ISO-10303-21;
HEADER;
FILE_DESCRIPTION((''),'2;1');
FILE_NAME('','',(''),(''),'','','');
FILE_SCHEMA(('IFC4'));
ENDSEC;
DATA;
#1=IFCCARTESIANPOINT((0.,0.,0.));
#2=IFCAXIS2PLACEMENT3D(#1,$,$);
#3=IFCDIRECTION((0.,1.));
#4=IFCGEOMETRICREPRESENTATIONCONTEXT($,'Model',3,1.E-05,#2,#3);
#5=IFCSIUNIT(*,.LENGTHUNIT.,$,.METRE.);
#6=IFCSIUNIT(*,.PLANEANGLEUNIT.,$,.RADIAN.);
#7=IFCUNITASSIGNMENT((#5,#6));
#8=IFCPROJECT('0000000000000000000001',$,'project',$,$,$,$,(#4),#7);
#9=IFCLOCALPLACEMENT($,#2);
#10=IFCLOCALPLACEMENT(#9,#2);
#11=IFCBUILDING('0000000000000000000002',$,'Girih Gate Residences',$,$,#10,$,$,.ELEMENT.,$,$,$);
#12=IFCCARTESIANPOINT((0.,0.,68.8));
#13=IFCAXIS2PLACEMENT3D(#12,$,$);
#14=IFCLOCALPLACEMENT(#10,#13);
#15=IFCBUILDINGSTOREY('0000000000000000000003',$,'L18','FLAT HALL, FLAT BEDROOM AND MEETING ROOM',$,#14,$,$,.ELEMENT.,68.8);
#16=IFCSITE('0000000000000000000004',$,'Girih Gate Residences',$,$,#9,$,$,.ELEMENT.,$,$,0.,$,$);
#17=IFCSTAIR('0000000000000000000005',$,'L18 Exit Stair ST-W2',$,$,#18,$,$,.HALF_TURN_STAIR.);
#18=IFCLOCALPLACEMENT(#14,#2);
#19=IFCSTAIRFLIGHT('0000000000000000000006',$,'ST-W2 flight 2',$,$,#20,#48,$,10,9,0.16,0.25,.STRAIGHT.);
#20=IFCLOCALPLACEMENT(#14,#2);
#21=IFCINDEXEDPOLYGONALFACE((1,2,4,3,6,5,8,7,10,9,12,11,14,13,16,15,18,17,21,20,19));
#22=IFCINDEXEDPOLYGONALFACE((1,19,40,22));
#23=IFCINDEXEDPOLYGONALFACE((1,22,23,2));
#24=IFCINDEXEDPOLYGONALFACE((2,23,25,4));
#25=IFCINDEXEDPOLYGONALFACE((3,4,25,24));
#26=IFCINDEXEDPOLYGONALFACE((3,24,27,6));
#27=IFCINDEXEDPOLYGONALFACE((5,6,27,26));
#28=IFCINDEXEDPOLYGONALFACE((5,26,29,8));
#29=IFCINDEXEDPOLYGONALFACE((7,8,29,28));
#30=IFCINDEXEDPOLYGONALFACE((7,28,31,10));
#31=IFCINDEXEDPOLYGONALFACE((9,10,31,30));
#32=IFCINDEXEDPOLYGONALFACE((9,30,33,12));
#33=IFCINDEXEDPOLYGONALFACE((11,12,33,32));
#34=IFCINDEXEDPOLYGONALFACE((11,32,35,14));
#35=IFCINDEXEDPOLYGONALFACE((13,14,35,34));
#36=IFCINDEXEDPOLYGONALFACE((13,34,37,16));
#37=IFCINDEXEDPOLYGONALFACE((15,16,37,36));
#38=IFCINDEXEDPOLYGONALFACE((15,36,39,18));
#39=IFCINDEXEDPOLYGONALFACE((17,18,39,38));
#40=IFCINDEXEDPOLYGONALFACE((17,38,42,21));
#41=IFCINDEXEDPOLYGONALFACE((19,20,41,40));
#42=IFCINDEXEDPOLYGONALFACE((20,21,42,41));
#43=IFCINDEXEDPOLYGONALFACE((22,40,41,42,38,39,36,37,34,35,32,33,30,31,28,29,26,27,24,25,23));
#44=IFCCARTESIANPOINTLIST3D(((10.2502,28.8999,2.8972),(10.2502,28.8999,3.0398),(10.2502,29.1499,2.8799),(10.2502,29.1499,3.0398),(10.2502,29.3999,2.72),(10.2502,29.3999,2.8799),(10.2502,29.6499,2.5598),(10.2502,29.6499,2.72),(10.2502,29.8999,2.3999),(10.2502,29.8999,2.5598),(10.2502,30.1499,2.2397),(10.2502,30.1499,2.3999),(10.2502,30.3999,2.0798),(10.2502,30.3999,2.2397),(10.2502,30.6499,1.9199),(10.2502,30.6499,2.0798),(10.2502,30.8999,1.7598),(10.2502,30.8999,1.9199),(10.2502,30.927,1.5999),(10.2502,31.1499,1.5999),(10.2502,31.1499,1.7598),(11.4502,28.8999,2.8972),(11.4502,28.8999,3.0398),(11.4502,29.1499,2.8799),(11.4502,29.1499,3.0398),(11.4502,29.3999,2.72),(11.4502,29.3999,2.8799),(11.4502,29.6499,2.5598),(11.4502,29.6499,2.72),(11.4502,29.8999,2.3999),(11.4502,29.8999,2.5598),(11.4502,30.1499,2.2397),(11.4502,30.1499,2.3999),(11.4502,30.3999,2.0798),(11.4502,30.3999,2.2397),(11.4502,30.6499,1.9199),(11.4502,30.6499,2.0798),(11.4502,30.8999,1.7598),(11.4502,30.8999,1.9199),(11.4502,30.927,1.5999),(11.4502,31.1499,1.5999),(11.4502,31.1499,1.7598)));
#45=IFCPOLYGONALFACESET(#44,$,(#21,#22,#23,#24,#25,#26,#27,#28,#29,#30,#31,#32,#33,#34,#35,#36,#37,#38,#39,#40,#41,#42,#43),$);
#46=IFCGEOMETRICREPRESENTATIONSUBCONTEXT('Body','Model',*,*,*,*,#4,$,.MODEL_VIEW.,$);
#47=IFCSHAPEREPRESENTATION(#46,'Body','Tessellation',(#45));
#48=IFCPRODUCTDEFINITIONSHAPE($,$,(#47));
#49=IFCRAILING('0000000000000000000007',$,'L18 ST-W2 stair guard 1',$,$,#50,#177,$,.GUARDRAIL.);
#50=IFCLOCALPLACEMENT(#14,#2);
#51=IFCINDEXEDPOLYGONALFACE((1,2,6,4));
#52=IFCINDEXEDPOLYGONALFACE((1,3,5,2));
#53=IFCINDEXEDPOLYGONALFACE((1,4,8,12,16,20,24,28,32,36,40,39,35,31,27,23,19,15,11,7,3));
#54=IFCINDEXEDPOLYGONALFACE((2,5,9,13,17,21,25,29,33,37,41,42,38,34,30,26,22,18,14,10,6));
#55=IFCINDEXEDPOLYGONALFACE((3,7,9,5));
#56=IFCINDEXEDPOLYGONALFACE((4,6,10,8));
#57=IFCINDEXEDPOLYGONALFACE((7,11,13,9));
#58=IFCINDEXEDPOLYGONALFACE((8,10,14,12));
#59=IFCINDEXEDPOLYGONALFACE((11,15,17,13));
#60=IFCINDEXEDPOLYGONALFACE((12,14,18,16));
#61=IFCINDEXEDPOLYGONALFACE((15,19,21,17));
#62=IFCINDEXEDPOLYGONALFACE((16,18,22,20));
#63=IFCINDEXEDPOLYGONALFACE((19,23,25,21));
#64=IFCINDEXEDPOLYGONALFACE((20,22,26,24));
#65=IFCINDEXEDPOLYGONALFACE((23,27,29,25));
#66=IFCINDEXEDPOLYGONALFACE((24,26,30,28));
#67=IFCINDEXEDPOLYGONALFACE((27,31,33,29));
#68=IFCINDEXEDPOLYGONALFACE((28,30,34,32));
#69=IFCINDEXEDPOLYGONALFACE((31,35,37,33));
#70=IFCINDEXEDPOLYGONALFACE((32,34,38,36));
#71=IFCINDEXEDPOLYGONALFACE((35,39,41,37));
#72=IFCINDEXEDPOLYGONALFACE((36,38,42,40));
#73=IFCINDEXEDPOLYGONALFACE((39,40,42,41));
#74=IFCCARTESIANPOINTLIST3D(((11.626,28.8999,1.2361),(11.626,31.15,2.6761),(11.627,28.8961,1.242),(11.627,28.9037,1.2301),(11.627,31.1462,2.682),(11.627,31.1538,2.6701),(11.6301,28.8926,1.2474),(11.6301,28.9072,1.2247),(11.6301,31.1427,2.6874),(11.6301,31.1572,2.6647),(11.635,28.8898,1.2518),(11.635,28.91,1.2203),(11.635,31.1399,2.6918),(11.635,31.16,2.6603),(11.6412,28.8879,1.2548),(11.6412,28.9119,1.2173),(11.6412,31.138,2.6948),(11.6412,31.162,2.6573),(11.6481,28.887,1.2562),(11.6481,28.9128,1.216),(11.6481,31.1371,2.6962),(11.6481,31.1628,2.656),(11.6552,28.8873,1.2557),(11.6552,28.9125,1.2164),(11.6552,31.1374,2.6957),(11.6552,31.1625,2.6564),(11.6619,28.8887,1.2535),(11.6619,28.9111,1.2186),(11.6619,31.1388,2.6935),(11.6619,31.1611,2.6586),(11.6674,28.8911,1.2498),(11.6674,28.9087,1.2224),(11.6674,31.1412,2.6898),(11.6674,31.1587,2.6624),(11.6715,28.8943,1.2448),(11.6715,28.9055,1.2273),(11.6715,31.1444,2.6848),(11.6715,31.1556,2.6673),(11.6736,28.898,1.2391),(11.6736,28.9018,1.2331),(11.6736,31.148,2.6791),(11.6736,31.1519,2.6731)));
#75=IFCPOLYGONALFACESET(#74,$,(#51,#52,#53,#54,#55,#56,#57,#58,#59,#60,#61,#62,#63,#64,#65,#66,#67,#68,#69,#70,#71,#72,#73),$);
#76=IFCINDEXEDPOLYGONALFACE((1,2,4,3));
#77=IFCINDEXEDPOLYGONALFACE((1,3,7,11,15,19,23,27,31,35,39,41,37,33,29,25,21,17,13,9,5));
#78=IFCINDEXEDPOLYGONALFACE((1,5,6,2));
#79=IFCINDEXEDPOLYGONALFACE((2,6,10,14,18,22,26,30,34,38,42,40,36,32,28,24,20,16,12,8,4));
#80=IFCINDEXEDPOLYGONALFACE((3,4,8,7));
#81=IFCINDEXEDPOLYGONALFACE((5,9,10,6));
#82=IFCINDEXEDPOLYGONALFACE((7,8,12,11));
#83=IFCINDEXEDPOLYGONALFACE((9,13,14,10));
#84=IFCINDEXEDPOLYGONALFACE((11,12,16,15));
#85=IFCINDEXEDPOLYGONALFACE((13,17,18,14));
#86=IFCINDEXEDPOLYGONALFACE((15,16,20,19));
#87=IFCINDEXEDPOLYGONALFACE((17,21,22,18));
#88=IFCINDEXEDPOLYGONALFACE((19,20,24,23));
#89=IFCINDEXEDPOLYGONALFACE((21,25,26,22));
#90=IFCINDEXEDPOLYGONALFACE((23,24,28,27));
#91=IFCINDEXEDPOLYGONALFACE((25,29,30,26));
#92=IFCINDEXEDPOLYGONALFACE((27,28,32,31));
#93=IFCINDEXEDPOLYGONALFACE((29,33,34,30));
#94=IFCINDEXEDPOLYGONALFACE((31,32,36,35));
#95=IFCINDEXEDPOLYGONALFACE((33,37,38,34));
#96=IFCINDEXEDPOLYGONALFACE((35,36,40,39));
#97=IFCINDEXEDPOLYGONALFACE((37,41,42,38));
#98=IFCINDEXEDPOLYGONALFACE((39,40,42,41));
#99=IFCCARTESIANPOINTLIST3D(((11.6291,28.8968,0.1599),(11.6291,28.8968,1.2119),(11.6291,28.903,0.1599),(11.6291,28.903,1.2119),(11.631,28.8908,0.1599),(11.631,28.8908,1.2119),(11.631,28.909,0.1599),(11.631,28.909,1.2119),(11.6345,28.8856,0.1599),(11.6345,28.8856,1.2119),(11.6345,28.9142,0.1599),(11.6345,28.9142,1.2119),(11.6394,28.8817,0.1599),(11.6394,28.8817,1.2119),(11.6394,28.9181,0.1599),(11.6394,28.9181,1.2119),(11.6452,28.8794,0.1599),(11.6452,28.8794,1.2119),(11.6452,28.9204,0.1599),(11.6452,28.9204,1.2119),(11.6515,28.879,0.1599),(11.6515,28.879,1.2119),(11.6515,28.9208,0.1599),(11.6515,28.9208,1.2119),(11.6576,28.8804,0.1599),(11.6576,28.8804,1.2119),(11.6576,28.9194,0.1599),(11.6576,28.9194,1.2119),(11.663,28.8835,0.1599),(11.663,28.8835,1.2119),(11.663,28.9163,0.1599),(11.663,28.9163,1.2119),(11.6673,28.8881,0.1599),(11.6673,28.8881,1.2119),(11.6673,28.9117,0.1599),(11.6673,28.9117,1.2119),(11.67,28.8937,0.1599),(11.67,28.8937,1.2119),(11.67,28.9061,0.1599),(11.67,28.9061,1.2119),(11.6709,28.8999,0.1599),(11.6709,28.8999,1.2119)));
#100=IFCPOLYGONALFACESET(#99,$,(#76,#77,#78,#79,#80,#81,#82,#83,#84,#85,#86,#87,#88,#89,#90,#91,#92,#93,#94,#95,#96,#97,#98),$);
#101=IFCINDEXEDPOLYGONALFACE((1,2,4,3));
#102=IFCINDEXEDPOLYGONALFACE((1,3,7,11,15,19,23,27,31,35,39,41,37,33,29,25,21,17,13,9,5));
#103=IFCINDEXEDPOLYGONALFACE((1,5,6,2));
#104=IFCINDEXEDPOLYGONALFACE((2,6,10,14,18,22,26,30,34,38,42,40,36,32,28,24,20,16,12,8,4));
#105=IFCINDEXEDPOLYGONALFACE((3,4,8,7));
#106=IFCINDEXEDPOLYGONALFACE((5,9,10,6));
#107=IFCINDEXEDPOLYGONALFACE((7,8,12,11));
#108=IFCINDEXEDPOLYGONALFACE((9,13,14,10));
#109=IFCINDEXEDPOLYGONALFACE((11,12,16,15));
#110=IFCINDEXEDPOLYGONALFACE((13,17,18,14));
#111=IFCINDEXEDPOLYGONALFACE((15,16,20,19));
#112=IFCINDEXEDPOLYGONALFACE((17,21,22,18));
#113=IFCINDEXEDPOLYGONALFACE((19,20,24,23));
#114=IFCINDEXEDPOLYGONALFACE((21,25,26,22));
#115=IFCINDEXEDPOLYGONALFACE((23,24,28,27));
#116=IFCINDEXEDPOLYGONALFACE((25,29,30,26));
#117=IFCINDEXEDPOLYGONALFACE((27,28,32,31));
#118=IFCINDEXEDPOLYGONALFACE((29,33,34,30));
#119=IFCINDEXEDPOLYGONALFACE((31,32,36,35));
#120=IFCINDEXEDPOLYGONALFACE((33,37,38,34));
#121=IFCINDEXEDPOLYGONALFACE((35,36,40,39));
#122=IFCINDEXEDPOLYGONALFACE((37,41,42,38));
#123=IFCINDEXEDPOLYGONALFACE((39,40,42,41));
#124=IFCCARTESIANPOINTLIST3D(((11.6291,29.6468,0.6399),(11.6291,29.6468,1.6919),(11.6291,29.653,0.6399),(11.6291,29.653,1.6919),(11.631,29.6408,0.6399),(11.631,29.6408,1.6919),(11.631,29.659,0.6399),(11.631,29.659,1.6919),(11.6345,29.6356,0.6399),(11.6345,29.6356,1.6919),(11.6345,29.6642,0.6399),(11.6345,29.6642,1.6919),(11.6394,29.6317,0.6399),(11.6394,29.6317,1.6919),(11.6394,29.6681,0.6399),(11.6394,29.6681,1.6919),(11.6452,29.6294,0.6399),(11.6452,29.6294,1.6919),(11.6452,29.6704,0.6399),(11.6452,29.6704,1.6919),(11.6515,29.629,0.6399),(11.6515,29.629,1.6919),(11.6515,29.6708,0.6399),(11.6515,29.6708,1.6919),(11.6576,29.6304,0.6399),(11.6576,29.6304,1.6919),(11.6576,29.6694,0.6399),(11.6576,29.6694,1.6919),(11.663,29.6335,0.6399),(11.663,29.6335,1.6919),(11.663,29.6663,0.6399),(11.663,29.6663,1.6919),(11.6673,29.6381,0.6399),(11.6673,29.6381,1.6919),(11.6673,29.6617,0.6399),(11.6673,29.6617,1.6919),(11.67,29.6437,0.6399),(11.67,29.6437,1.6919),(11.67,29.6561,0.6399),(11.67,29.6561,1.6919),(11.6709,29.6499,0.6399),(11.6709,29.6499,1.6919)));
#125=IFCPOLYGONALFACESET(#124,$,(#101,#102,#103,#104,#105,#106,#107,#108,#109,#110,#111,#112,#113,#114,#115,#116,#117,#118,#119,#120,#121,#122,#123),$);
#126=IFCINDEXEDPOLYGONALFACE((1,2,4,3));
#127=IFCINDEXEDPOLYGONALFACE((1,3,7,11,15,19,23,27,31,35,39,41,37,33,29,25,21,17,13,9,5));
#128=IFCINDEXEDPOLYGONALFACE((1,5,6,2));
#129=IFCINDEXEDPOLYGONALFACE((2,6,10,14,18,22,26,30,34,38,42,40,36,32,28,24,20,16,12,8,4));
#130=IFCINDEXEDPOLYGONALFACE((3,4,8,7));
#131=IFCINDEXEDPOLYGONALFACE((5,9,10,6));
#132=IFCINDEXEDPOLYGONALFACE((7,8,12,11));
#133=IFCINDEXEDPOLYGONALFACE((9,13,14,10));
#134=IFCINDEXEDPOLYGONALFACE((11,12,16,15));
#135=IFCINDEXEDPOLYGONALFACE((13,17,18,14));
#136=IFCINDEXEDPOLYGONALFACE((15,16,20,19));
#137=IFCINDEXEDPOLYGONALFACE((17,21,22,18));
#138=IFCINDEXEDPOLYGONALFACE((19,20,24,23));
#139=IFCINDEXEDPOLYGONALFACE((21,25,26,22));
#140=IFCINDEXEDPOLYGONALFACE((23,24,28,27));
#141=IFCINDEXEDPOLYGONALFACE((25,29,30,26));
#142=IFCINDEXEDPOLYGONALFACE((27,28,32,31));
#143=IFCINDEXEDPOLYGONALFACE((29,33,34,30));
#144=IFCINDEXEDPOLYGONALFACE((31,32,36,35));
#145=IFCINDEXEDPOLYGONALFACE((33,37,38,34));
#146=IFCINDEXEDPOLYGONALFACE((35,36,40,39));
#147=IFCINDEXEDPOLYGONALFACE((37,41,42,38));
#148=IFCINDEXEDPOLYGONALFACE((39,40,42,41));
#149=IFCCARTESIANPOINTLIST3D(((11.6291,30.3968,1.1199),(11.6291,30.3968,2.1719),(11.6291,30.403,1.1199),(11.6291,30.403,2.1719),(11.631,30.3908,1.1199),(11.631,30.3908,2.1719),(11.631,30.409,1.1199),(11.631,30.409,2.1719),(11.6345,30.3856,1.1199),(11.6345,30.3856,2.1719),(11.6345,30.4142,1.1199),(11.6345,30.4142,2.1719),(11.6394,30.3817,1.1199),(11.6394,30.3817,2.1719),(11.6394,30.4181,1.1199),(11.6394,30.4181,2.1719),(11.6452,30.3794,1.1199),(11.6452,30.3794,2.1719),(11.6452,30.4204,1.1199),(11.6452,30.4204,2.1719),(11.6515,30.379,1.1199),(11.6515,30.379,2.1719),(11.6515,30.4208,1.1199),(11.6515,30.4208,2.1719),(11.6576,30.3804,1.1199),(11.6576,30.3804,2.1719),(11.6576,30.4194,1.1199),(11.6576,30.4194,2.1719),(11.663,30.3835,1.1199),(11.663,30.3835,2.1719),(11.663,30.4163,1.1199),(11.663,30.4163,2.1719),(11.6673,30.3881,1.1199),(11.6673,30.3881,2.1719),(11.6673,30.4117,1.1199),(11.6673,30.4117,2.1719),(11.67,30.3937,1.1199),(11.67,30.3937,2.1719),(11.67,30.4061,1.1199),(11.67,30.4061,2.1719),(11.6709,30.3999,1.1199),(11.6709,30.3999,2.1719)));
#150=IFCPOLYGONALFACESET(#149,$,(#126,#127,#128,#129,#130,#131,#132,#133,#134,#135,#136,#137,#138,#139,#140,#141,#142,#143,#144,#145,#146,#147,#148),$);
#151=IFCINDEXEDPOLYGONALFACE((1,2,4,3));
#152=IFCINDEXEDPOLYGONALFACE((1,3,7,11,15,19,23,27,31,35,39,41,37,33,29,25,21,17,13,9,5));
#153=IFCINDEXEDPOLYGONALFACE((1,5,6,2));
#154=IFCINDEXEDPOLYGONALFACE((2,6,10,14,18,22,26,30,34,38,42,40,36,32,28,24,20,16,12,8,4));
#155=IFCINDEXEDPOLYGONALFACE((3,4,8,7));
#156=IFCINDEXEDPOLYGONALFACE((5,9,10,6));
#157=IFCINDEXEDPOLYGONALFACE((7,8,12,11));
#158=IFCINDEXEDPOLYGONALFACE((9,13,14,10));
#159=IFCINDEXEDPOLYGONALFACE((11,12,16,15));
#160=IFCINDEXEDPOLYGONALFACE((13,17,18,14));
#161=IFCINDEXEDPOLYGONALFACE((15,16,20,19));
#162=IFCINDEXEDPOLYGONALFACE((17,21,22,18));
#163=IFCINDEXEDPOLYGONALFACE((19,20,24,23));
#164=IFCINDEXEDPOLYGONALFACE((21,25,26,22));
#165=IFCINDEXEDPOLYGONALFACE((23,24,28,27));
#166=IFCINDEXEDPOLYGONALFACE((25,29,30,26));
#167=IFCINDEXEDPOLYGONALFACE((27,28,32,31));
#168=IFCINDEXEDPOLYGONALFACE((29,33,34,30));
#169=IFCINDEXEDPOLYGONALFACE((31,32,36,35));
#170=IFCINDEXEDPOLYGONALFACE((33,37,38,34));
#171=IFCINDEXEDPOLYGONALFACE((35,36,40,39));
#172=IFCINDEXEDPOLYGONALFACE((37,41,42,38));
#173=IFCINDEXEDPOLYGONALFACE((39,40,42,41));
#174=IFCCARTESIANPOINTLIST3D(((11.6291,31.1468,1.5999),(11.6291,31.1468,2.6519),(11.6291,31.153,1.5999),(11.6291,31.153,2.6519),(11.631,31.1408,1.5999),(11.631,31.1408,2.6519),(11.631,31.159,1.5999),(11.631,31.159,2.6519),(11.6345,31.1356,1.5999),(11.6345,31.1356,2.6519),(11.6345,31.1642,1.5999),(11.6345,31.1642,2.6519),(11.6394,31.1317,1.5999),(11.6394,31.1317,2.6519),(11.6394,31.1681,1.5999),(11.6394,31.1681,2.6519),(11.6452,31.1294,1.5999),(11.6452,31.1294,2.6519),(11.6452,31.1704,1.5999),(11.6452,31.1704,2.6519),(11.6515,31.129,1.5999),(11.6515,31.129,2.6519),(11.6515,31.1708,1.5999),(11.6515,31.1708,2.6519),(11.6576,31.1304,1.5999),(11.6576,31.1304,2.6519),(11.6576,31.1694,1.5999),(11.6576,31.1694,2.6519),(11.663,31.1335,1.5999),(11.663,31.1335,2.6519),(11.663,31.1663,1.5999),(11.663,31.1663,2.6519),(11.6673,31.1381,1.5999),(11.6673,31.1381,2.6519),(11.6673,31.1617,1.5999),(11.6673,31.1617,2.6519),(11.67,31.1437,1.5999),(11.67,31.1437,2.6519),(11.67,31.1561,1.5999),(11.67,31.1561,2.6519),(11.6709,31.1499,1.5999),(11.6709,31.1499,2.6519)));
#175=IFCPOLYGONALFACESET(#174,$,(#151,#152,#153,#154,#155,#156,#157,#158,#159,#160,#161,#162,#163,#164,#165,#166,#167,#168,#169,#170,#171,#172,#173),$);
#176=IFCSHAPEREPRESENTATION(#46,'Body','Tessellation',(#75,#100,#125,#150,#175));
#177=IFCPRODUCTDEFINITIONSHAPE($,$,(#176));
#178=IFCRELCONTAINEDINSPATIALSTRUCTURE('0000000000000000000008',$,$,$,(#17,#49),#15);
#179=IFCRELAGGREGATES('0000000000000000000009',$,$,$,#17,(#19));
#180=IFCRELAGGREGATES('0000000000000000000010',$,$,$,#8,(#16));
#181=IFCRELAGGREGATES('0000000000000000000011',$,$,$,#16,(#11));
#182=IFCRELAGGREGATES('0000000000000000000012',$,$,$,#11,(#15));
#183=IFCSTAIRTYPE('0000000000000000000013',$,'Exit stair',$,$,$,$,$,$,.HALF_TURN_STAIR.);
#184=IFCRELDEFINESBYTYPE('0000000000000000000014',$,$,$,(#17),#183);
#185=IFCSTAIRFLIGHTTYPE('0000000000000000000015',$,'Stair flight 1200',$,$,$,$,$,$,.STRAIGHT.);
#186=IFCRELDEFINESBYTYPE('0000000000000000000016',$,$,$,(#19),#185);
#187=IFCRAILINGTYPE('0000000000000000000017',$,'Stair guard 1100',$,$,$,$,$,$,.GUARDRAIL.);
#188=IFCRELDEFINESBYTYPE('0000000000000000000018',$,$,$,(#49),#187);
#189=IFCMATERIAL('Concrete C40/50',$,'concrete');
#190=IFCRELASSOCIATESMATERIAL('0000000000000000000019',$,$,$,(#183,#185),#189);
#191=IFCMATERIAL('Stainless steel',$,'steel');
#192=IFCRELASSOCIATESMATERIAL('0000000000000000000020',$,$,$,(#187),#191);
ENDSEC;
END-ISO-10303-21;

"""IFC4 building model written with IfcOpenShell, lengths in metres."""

from ifc_helpers import new_model, si_unit, direction, frame, origin, origin_2d, place, context, subcontext, project, spatial, polyline, circle, outline, extrude, material, type_object, element, aggregate, save


model = new_model("IFC4")

# Units and contexts
model_context = context("Model", 3, precision=1e-05, world=origin(), true_north=direction((0.0, 1.0)))
body_context = subcontext(model_context, "Body", "Model", "MODEL_VIEW")
ifc_project = project(units=[si_unit("LENGTHUNIT", "METRE"), si_unit("PLANEANGLEUNIT", "RADIAN")], contexts=[model_context])

# Site, building, storey
site_placement = place(None, origin())
site = spatial("IfcSite", under=ifc_project, at=site_placement, Name="Girih Gate Residences", CompositionType="ELEMENT", RefElevation=0.0)
building_placement = place(site_placement, origin())
building = spatial("IfcBuilding", under=site, at=building_placement, Name="Girih Gate Residences", CompositionType="ELEMENT")
storey_placement = place(building_placement, frame((0.0, 0.0, 68.8)))
storey = spatial("IfcBuildingStorey", under=building, at=storey_placement, Name="L18", Description="FLAT HALL, FLAT BEDROOM AND MEETING ROOM", CompositionType="ELEMENT", Elevation=68.8)

# Shared definitions
ifc_material_1 = material(Name="Concrete C40/50", Category="concrete")

# Stair, stair flight
stair_type = type_object("IfcStairType", Name="Exit stair", PredefinedType="HALF_TURN_STAIR", material=ifc_material_1)
stair_placement = place(storey_placement, origin())
stair = element("IfcStair", 1, at=stair_placement, inside=storey, type_object=stair_type, Name="L18 Exit Stair ST-W2", PredefinedType="HALF_TURN_STAIR")
stair_flight_type = type_object("IfcStairFlightType", Name="Stair flight 1200", PredefinedType="STRAIGHT", material=ifc_material_1)
stair_flight_1_placement = place(storey_placement, frame((10.8501, 31.1499, 1.5999), z_axis=(0.0, 0.0, 1.0), x_axis=(0.0, -1.0, 0.0)))
stair_flight_1 = element("IfcStairFlight", 2, at=stair_flight_1_placement, type_object=stair_flight_type, Name="ST-W2 flight 2", NumberOfRisers=10, NumberOfTreads=9, PredefinedType="STRAIGHT", RiserHeight=0.16, TreadLength=0.25, context=body_context, shape_type="SweptSolid", body=[
    extrude(outline(polyline([(0.0, 0.0), (0.0, 0.1599), (0.25, 0.1599), (0.25, 0.3201), (0.5, 0.3201), (0.5, 0.48), (0.75, 0.48), (0.75, 0.6399), (1.0, 0.6399), (1.0, 0.8), (1.25, 0.8), (1.25, 0.96), (1.5, 0.96), (1.5, 1.1201), (1.75, 1.1201), (1.75, 1.28), (2.0, 1.28), (2.0, 1.4399), (2.25, 1.4399), (2.25, 1.6001), (2.25, 1.2974), (0.2229, 0.0), (0.0, 0.0)])), frame((0.0, 0.6001, 0.0), z_axis=(0.0, -1.0, 0.0), x_axis=(1.0, 0.0, 0.0)), (0.0, 0.0, 1.0), 1.2),
])
aggregate(stair, [stair_flight_1])

# Railing
ifc_material_2 = material(Name="Stainless steel", Category="steel")
railing_type_1 = type_object("IfcRailingType", Name="Stair guard 1100", PredefinedType="GUARDRAIL", material=ifc_material_2)
railing_1_placement = place(storey_placement, frame((11.6499, 28.8999, 0.1599)))
element("IfcRailing", 3, at=railing_1_placement, inside=storey, type_object=railing_type_1, Name="L18 ST-W2 stair guard 1", PredefinedType="GUARDRAIL", context=body_context, shape_type="SweptSolid", body=[
    extrude(circle(Radius=0.0239, at=origin_2d()), frame((0.0, 0.0, 1.0762), z_axis=(0.0, 0.842281, 0.539038), x_axis=(-1.0, 0.0, 0.0)), (0.0, 0.0, 1.0), 2.6714),
    extrude(circle(Radius=0.021, at=origin_2d()), origin(), (0.0, 0.0, 1.0), 1.052),
    extrude(circle(Radius=0.021, at=origin_2d()), frame((0.0, 0.75, 0.48)), (0.0, 0.0, 1.0), 1.052),
    extrude(circle(Radius=0.021, at=origin_2d()), frame((0.0, 1.5, 0.96)), (0.0, 0.0, 1.0), 1.052),
    extrude(circle(Radius=0.021, at=origin_2d()), frame((0.0, 2.25, 1.4399)), (0.0, 0.0, 1.0), 1.052),
])

save(model, "model.ifc")
